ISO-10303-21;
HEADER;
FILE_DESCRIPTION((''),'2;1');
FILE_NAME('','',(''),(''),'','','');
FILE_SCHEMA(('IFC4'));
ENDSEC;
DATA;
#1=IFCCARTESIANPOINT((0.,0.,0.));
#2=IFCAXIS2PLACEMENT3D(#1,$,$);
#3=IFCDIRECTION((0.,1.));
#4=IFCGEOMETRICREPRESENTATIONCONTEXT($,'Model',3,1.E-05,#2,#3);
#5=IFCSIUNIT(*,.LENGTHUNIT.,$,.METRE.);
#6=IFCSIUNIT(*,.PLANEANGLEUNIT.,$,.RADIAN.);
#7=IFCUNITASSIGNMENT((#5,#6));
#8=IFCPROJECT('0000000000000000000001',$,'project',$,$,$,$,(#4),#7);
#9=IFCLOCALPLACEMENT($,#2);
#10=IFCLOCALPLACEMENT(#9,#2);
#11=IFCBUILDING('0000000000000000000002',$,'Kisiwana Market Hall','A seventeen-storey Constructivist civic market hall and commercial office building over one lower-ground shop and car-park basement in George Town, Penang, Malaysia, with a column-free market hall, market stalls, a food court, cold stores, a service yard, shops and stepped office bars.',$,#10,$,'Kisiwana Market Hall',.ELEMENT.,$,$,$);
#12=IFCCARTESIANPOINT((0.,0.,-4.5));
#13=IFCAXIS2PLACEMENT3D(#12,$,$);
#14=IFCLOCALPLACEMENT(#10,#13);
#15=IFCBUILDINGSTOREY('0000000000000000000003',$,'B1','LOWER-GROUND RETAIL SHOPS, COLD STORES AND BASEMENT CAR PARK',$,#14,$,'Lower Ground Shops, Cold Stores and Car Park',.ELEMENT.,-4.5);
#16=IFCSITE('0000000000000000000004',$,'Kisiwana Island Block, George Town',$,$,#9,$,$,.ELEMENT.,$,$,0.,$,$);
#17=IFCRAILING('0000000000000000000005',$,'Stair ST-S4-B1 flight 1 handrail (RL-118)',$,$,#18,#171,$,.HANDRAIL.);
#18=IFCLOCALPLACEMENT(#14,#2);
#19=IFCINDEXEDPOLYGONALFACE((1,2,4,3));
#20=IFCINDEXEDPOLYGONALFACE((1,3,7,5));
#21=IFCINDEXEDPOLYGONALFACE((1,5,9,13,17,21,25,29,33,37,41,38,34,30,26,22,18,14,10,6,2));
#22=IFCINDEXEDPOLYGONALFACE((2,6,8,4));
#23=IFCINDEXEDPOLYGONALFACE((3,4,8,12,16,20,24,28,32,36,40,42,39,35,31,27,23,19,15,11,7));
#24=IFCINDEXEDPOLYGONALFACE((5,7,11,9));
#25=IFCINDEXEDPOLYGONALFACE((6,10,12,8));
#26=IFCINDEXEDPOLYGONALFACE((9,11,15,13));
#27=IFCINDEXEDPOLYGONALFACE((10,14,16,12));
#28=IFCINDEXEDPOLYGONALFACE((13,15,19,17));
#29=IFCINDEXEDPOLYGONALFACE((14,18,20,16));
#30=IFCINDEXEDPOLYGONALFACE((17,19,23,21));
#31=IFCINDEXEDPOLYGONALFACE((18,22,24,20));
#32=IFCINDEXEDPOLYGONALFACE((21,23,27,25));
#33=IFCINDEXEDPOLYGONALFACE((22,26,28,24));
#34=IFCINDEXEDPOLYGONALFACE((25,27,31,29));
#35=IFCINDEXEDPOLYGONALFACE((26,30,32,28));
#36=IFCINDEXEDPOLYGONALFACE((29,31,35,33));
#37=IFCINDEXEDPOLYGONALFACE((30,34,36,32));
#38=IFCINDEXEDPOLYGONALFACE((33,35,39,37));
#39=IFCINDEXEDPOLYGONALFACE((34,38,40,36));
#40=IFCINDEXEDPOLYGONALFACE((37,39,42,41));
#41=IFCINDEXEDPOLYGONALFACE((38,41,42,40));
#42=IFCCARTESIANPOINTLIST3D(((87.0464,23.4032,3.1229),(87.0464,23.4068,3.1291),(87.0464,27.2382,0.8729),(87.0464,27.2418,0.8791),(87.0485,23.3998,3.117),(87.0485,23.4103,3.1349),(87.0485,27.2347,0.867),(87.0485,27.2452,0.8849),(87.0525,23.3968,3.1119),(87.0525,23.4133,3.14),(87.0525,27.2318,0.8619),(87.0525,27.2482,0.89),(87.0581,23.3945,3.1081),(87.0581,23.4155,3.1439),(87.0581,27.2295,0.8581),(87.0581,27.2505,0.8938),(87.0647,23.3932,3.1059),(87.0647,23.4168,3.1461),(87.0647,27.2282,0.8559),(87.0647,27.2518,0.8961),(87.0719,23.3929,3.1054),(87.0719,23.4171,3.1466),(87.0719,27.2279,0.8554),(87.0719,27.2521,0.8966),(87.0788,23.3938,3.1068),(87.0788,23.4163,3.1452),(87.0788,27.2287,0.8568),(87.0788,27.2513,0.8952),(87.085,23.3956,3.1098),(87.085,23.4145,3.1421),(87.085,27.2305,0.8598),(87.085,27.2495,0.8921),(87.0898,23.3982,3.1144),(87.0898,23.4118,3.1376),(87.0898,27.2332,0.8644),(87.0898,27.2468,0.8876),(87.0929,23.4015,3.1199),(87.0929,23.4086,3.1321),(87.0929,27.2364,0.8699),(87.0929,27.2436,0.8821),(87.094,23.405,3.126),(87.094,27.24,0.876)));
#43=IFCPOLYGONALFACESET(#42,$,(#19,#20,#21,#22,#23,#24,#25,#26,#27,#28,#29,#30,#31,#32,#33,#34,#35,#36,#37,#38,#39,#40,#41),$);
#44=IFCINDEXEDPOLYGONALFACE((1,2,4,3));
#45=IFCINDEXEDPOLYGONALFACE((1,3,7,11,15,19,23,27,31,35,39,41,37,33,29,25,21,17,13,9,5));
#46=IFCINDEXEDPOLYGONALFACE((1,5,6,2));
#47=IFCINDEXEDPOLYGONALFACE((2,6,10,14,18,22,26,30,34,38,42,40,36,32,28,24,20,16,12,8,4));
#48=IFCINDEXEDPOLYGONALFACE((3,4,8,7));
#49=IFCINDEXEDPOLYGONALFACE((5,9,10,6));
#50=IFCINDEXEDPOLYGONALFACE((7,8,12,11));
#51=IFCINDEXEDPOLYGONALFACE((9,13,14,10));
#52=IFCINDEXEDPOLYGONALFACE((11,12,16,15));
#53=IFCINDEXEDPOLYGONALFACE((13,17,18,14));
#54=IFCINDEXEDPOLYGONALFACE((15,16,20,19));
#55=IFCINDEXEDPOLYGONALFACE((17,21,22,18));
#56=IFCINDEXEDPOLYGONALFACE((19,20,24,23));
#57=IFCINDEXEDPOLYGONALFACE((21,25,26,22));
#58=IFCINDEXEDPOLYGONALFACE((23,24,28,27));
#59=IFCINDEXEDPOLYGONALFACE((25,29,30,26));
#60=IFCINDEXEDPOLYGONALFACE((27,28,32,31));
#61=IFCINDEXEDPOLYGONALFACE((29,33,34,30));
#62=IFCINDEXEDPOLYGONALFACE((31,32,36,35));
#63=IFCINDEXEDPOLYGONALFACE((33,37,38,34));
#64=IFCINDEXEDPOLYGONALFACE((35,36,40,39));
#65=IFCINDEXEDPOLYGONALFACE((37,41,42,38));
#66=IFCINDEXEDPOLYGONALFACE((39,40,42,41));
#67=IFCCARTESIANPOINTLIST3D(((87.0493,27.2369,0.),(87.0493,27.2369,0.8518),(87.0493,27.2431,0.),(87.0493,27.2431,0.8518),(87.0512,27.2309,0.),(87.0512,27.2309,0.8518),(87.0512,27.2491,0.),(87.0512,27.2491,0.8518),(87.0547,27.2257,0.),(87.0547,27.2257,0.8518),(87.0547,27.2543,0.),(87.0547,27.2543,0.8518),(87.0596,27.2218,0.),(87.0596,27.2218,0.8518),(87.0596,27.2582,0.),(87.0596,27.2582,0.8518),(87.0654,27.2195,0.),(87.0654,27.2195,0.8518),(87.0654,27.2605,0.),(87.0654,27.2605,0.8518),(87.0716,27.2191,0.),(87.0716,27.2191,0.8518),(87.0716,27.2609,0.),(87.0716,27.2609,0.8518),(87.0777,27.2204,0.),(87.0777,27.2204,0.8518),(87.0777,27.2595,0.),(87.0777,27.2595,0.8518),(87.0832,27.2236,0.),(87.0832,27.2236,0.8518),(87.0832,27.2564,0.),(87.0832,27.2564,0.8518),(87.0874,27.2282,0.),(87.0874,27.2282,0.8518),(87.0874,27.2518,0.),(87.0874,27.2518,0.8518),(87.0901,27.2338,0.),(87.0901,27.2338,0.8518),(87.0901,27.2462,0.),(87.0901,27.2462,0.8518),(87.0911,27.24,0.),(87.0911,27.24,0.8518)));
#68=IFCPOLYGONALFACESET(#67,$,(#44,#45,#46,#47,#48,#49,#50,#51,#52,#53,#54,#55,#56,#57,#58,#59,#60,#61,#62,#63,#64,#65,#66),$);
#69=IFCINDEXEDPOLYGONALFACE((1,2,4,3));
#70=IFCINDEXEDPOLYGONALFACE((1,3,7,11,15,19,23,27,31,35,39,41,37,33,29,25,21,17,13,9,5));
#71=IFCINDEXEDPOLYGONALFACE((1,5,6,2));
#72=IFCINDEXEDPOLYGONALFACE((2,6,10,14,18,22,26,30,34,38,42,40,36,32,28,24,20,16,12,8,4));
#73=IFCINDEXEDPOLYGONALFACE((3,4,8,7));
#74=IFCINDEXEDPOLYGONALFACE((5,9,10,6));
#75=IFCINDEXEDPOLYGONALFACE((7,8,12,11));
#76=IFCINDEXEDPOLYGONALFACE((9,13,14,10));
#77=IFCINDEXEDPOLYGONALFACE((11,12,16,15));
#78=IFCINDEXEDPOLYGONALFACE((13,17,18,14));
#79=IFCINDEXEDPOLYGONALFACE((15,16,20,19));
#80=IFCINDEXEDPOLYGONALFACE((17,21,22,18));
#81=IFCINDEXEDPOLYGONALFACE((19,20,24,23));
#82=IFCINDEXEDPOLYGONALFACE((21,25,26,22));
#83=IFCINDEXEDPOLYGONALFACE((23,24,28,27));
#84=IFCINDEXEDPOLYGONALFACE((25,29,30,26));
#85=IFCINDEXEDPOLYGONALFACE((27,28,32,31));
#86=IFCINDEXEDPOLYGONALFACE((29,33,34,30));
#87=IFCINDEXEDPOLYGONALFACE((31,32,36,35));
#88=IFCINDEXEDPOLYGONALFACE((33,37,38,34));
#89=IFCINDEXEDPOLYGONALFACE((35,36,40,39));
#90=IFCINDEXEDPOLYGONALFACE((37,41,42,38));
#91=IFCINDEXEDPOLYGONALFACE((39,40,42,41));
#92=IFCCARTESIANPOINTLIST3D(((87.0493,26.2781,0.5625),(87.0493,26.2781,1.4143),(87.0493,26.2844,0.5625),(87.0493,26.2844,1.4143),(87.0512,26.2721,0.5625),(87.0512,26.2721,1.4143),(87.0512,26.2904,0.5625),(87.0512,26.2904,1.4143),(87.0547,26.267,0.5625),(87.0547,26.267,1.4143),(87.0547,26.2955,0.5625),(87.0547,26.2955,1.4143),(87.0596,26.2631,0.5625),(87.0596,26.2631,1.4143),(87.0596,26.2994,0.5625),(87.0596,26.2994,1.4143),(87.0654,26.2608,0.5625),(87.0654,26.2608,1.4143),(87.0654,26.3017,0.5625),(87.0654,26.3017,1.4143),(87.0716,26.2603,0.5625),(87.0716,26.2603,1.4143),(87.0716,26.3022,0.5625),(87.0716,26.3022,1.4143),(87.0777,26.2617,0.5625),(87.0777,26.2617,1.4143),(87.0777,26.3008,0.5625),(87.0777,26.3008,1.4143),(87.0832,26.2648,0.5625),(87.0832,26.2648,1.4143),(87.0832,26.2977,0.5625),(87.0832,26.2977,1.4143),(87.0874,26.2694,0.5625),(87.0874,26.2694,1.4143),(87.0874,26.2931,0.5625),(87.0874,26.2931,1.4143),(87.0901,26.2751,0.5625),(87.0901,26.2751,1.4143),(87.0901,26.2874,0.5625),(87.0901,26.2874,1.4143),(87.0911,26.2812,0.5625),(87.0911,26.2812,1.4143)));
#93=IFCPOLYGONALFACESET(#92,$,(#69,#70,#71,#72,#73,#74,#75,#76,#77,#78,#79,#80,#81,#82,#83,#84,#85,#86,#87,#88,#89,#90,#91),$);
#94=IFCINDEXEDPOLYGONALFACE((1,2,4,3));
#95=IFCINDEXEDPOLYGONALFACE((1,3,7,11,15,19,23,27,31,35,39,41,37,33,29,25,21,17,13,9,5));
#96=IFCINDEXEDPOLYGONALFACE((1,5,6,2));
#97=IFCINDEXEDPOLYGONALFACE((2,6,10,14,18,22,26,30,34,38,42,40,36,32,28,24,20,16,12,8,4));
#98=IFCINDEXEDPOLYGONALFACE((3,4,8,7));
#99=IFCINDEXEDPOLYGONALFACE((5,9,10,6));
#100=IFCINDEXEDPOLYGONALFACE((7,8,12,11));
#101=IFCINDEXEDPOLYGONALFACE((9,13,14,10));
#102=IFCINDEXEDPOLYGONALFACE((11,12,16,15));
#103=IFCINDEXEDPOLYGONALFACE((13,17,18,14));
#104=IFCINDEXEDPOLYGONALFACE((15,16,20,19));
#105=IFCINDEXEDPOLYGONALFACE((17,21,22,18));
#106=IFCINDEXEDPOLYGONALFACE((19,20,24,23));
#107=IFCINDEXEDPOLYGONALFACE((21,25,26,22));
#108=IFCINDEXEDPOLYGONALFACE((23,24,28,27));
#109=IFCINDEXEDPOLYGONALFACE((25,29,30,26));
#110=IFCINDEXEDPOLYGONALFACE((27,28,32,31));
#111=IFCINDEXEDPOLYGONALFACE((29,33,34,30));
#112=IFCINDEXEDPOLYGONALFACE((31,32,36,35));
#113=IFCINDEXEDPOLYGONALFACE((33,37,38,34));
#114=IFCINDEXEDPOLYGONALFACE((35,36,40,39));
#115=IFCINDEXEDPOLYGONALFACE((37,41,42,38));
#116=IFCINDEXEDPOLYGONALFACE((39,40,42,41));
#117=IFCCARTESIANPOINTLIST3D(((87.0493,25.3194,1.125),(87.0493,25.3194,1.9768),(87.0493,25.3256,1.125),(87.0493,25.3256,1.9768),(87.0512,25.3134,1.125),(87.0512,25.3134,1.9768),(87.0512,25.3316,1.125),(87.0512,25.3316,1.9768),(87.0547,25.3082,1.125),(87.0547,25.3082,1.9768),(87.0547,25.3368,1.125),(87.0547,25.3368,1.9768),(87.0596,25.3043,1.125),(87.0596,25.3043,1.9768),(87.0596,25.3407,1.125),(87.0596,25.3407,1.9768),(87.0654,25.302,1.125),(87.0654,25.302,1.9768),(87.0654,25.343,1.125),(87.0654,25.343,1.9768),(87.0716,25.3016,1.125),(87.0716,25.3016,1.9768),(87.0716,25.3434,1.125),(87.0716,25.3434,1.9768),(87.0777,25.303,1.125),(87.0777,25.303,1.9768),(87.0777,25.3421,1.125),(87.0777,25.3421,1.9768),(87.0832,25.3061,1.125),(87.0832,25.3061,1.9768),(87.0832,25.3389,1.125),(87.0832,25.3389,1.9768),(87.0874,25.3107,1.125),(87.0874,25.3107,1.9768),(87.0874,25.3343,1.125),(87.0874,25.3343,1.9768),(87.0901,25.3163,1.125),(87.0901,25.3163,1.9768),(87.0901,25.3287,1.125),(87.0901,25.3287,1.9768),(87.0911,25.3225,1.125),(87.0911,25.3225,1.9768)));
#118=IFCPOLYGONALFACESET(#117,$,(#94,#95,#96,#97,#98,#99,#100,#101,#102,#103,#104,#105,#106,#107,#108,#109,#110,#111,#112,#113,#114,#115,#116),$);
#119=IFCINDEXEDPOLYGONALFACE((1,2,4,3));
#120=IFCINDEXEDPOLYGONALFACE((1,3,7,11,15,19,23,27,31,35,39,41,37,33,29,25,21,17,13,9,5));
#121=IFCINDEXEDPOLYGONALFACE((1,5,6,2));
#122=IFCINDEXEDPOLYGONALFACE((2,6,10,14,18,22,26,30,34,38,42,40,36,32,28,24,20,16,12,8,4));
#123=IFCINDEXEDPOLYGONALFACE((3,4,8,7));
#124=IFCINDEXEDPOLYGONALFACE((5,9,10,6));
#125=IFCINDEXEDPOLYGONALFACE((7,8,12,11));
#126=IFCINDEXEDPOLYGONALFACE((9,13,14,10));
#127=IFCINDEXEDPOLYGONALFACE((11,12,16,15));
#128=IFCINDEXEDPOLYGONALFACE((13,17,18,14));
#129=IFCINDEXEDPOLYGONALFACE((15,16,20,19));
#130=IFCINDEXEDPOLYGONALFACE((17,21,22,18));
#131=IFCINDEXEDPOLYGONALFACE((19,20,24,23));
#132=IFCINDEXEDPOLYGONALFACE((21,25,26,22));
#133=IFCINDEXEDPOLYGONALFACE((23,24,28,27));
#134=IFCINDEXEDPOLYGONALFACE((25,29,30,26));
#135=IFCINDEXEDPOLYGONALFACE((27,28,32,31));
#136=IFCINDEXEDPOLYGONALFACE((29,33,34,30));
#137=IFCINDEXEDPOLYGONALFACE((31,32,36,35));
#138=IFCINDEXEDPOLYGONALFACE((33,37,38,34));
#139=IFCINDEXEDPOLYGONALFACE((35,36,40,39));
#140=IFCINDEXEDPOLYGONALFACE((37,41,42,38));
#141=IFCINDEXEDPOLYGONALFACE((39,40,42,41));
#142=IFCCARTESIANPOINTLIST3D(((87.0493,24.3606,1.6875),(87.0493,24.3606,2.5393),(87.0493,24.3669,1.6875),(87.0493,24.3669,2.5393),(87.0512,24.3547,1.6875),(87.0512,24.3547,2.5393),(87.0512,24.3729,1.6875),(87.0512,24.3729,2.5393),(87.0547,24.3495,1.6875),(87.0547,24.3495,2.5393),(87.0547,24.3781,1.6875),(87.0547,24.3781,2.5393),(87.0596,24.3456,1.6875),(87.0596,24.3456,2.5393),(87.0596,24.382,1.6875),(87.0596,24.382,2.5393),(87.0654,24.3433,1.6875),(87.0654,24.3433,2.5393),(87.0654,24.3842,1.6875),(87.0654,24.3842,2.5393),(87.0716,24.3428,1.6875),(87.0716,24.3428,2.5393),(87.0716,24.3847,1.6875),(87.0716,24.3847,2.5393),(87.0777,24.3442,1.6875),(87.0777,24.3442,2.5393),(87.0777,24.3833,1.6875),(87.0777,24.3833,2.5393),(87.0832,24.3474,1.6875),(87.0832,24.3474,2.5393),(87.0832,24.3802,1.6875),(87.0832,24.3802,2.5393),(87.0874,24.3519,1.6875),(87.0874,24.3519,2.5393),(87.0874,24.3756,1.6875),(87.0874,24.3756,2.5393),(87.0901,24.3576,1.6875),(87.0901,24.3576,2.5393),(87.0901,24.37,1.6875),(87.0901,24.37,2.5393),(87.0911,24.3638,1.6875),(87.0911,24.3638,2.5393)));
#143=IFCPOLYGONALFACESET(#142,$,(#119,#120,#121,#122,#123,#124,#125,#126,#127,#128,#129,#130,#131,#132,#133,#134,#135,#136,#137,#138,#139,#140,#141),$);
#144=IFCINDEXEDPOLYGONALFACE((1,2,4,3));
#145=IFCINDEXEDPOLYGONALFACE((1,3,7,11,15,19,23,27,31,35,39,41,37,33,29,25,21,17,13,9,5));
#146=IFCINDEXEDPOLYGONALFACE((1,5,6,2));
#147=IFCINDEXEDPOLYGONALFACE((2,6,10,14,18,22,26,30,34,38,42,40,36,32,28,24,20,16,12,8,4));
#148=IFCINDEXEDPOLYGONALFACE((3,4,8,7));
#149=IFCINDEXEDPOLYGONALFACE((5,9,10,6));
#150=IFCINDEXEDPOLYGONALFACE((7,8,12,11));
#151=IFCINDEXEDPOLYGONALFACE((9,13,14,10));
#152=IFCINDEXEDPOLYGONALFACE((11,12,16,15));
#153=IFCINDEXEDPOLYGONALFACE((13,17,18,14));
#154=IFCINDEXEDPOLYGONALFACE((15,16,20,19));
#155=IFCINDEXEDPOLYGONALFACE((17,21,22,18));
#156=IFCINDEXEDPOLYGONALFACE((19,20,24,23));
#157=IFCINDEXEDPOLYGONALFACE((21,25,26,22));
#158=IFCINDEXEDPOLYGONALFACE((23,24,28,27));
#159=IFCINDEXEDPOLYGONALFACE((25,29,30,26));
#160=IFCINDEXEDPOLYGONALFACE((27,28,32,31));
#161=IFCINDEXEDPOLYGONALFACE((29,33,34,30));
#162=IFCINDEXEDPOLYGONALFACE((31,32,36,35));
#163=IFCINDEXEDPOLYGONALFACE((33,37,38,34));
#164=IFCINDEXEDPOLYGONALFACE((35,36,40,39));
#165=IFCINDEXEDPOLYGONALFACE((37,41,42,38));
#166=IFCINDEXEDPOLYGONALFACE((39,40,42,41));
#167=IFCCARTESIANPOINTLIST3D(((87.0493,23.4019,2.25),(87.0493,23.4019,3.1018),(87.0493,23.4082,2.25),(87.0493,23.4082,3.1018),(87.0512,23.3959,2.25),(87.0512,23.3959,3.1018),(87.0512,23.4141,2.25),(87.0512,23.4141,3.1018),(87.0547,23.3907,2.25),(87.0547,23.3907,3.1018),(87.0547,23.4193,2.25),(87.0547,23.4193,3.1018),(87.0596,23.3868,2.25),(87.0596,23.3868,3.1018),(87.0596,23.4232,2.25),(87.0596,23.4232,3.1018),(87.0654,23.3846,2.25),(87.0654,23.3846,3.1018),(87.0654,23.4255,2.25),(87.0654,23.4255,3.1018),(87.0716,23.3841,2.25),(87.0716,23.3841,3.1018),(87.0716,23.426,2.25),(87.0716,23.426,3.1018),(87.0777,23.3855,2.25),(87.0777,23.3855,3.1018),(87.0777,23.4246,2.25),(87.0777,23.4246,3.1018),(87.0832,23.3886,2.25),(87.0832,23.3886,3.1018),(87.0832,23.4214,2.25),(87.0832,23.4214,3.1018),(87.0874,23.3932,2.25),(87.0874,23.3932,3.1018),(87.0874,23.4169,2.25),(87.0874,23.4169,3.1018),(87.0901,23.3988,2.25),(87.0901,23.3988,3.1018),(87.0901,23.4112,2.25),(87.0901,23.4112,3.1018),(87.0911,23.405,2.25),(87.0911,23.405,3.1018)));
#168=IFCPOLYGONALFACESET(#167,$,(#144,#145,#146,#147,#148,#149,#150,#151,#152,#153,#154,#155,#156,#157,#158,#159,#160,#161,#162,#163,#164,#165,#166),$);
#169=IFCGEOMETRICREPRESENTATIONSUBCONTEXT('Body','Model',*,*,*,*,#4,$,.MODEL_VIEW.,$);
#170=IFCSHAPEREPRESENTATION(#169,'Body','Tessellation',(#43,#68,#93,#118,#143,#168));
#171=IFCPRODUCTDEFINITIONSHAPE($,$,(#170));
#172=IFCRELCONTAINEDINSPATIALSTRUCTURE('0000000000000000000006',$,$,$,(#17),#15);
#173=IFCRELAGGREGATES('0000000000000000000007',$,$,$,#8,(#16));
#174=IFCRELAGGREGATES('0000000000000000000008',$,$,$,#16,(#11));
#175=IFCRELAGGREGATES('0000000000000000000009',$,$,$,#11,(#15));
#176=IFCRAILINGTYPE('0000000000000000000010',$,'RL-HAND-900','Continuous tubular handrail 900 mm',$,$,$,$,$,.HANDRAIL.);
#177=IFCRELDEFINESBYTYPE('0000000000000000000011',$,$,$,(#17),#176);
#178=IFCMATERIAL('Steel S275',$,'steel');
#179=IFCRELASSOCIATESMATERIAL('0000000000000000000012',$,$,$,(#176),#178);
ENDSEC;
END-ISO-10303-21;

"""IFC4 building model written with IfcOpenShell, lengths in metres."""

from ifc_helpers import new_model, si_unit, direction, frame, origin, origin_2d, place, context, subcontext, project, spatial, circle, extrude, material, type_object, element, save


model = new_model("IFC4")

# Units and contexts
model_context = context("Model", 3, precision=1e-05, world=origin(), true_north=direction((0.0, 1.0)))
body_context = subcontext(model_context, "Body", "Model", "MODEL_VIEW")
ifc_project = project(units=[si_unit("LENGTHUNIT", "METRE"), si_unit("PLANEANGLEUNIT", "RADIAN")], contexts=[model_context])

# Site, building, storey
site_placement = place(None, origin())
site = spatial("IfcSite", under=ifc_project, at=site_placement, Name="Kisiwana Island Block, George Town", CompositionType="ELEMENT", RefElevation=0.0)
building_placement = place(site_placement, origin())
building = spatial("IfcBuilding", under=site, at=building_placement, Name="Kisiwana Market Hall", Description="A seventeen-storey Constructivist civic market hall and commercial office building over one lower-ground shop and car-park basement in George Town, Penang, Malaysia, with a column-free market hall, market stalls, a food court, cold stores, a service yard, shops and stepped office bars.", LongName="Kisiwana Market Hall", CompositionType="ELEMENT")
storey_placement = place(building_placement, frame((0.0, 0.0, -4.5)))
storey = spatial("IfcBuildingStorey", under=building, at=storey_placement, Name="B1", Description="LOWER-GROUND RETAIL SHOPS, COLD STORES AND BASEMENT CAR PARK", LongName="Lower Ground Shops, Cold Stores and Car Park", CompositionType="ELEMENT", Elevation=-4.5)

# Railing
ifc_material_1 = material(Name="Steel S275", Category="steel")
railing_type_1 = type_object("IfcRailingType", Name="RL-HAND-900", Description="Continuous tubular handrail 900 mm", PredefinedType="HANDRAIL", material=ifc_material_1)
for number, where, name in (
    (1, (87.0701, 27.24, 0.0), "Stair ST-S4-B1 flight 1 handrail (RL-118)"),
):
    element("IfcRailing", number, at=place(storey_placement, frame(where)), inside=storey, type_object=railing_type_1, Name=name, PredefinedType="HANDRAIL", context=body_context, shape_type="SweptSolid", body=[
        extrude(circle(Radius=0.0239, at=origin_2d()), frame((0.0, 0.0, 0.876), z_axis=(0.0, -0.86251, 0.506041), x_axis=(1.0, 0.0, 0.0)), (0.0, 0.0, 1.0), 4.4463),
        extrude(circle(Radius=0.021, at=origin_2d()), origin(), (0.0, 0.0, 1.0), 0.8518),
        extrude(circle(Radius=0.021, at=origin_2d()), frame((0.0, -0.9587, 0.5625)), (0.0, 0.0, 1.0), 0.8518),
        extrude(circle(Radius=0.021, at=origin_2d()), frame((0.0, -1.9175, 1.125)), (0.0, 0.0, 1.0), 0.8518),
        extrude(circle(Radius=0.021, at=origin_2d()), frame((0.0, -2.8762, 1.6875)), (0.0, 0.0, 1.0), 0.8518),
        extrude(circle(Radius=0.021, at=origin_2d()), frame((0.0, -3.835, 2.25)), (0.0, 0.0, 1.0), 0.8518),
    ])

save(model, "model.ifc")
